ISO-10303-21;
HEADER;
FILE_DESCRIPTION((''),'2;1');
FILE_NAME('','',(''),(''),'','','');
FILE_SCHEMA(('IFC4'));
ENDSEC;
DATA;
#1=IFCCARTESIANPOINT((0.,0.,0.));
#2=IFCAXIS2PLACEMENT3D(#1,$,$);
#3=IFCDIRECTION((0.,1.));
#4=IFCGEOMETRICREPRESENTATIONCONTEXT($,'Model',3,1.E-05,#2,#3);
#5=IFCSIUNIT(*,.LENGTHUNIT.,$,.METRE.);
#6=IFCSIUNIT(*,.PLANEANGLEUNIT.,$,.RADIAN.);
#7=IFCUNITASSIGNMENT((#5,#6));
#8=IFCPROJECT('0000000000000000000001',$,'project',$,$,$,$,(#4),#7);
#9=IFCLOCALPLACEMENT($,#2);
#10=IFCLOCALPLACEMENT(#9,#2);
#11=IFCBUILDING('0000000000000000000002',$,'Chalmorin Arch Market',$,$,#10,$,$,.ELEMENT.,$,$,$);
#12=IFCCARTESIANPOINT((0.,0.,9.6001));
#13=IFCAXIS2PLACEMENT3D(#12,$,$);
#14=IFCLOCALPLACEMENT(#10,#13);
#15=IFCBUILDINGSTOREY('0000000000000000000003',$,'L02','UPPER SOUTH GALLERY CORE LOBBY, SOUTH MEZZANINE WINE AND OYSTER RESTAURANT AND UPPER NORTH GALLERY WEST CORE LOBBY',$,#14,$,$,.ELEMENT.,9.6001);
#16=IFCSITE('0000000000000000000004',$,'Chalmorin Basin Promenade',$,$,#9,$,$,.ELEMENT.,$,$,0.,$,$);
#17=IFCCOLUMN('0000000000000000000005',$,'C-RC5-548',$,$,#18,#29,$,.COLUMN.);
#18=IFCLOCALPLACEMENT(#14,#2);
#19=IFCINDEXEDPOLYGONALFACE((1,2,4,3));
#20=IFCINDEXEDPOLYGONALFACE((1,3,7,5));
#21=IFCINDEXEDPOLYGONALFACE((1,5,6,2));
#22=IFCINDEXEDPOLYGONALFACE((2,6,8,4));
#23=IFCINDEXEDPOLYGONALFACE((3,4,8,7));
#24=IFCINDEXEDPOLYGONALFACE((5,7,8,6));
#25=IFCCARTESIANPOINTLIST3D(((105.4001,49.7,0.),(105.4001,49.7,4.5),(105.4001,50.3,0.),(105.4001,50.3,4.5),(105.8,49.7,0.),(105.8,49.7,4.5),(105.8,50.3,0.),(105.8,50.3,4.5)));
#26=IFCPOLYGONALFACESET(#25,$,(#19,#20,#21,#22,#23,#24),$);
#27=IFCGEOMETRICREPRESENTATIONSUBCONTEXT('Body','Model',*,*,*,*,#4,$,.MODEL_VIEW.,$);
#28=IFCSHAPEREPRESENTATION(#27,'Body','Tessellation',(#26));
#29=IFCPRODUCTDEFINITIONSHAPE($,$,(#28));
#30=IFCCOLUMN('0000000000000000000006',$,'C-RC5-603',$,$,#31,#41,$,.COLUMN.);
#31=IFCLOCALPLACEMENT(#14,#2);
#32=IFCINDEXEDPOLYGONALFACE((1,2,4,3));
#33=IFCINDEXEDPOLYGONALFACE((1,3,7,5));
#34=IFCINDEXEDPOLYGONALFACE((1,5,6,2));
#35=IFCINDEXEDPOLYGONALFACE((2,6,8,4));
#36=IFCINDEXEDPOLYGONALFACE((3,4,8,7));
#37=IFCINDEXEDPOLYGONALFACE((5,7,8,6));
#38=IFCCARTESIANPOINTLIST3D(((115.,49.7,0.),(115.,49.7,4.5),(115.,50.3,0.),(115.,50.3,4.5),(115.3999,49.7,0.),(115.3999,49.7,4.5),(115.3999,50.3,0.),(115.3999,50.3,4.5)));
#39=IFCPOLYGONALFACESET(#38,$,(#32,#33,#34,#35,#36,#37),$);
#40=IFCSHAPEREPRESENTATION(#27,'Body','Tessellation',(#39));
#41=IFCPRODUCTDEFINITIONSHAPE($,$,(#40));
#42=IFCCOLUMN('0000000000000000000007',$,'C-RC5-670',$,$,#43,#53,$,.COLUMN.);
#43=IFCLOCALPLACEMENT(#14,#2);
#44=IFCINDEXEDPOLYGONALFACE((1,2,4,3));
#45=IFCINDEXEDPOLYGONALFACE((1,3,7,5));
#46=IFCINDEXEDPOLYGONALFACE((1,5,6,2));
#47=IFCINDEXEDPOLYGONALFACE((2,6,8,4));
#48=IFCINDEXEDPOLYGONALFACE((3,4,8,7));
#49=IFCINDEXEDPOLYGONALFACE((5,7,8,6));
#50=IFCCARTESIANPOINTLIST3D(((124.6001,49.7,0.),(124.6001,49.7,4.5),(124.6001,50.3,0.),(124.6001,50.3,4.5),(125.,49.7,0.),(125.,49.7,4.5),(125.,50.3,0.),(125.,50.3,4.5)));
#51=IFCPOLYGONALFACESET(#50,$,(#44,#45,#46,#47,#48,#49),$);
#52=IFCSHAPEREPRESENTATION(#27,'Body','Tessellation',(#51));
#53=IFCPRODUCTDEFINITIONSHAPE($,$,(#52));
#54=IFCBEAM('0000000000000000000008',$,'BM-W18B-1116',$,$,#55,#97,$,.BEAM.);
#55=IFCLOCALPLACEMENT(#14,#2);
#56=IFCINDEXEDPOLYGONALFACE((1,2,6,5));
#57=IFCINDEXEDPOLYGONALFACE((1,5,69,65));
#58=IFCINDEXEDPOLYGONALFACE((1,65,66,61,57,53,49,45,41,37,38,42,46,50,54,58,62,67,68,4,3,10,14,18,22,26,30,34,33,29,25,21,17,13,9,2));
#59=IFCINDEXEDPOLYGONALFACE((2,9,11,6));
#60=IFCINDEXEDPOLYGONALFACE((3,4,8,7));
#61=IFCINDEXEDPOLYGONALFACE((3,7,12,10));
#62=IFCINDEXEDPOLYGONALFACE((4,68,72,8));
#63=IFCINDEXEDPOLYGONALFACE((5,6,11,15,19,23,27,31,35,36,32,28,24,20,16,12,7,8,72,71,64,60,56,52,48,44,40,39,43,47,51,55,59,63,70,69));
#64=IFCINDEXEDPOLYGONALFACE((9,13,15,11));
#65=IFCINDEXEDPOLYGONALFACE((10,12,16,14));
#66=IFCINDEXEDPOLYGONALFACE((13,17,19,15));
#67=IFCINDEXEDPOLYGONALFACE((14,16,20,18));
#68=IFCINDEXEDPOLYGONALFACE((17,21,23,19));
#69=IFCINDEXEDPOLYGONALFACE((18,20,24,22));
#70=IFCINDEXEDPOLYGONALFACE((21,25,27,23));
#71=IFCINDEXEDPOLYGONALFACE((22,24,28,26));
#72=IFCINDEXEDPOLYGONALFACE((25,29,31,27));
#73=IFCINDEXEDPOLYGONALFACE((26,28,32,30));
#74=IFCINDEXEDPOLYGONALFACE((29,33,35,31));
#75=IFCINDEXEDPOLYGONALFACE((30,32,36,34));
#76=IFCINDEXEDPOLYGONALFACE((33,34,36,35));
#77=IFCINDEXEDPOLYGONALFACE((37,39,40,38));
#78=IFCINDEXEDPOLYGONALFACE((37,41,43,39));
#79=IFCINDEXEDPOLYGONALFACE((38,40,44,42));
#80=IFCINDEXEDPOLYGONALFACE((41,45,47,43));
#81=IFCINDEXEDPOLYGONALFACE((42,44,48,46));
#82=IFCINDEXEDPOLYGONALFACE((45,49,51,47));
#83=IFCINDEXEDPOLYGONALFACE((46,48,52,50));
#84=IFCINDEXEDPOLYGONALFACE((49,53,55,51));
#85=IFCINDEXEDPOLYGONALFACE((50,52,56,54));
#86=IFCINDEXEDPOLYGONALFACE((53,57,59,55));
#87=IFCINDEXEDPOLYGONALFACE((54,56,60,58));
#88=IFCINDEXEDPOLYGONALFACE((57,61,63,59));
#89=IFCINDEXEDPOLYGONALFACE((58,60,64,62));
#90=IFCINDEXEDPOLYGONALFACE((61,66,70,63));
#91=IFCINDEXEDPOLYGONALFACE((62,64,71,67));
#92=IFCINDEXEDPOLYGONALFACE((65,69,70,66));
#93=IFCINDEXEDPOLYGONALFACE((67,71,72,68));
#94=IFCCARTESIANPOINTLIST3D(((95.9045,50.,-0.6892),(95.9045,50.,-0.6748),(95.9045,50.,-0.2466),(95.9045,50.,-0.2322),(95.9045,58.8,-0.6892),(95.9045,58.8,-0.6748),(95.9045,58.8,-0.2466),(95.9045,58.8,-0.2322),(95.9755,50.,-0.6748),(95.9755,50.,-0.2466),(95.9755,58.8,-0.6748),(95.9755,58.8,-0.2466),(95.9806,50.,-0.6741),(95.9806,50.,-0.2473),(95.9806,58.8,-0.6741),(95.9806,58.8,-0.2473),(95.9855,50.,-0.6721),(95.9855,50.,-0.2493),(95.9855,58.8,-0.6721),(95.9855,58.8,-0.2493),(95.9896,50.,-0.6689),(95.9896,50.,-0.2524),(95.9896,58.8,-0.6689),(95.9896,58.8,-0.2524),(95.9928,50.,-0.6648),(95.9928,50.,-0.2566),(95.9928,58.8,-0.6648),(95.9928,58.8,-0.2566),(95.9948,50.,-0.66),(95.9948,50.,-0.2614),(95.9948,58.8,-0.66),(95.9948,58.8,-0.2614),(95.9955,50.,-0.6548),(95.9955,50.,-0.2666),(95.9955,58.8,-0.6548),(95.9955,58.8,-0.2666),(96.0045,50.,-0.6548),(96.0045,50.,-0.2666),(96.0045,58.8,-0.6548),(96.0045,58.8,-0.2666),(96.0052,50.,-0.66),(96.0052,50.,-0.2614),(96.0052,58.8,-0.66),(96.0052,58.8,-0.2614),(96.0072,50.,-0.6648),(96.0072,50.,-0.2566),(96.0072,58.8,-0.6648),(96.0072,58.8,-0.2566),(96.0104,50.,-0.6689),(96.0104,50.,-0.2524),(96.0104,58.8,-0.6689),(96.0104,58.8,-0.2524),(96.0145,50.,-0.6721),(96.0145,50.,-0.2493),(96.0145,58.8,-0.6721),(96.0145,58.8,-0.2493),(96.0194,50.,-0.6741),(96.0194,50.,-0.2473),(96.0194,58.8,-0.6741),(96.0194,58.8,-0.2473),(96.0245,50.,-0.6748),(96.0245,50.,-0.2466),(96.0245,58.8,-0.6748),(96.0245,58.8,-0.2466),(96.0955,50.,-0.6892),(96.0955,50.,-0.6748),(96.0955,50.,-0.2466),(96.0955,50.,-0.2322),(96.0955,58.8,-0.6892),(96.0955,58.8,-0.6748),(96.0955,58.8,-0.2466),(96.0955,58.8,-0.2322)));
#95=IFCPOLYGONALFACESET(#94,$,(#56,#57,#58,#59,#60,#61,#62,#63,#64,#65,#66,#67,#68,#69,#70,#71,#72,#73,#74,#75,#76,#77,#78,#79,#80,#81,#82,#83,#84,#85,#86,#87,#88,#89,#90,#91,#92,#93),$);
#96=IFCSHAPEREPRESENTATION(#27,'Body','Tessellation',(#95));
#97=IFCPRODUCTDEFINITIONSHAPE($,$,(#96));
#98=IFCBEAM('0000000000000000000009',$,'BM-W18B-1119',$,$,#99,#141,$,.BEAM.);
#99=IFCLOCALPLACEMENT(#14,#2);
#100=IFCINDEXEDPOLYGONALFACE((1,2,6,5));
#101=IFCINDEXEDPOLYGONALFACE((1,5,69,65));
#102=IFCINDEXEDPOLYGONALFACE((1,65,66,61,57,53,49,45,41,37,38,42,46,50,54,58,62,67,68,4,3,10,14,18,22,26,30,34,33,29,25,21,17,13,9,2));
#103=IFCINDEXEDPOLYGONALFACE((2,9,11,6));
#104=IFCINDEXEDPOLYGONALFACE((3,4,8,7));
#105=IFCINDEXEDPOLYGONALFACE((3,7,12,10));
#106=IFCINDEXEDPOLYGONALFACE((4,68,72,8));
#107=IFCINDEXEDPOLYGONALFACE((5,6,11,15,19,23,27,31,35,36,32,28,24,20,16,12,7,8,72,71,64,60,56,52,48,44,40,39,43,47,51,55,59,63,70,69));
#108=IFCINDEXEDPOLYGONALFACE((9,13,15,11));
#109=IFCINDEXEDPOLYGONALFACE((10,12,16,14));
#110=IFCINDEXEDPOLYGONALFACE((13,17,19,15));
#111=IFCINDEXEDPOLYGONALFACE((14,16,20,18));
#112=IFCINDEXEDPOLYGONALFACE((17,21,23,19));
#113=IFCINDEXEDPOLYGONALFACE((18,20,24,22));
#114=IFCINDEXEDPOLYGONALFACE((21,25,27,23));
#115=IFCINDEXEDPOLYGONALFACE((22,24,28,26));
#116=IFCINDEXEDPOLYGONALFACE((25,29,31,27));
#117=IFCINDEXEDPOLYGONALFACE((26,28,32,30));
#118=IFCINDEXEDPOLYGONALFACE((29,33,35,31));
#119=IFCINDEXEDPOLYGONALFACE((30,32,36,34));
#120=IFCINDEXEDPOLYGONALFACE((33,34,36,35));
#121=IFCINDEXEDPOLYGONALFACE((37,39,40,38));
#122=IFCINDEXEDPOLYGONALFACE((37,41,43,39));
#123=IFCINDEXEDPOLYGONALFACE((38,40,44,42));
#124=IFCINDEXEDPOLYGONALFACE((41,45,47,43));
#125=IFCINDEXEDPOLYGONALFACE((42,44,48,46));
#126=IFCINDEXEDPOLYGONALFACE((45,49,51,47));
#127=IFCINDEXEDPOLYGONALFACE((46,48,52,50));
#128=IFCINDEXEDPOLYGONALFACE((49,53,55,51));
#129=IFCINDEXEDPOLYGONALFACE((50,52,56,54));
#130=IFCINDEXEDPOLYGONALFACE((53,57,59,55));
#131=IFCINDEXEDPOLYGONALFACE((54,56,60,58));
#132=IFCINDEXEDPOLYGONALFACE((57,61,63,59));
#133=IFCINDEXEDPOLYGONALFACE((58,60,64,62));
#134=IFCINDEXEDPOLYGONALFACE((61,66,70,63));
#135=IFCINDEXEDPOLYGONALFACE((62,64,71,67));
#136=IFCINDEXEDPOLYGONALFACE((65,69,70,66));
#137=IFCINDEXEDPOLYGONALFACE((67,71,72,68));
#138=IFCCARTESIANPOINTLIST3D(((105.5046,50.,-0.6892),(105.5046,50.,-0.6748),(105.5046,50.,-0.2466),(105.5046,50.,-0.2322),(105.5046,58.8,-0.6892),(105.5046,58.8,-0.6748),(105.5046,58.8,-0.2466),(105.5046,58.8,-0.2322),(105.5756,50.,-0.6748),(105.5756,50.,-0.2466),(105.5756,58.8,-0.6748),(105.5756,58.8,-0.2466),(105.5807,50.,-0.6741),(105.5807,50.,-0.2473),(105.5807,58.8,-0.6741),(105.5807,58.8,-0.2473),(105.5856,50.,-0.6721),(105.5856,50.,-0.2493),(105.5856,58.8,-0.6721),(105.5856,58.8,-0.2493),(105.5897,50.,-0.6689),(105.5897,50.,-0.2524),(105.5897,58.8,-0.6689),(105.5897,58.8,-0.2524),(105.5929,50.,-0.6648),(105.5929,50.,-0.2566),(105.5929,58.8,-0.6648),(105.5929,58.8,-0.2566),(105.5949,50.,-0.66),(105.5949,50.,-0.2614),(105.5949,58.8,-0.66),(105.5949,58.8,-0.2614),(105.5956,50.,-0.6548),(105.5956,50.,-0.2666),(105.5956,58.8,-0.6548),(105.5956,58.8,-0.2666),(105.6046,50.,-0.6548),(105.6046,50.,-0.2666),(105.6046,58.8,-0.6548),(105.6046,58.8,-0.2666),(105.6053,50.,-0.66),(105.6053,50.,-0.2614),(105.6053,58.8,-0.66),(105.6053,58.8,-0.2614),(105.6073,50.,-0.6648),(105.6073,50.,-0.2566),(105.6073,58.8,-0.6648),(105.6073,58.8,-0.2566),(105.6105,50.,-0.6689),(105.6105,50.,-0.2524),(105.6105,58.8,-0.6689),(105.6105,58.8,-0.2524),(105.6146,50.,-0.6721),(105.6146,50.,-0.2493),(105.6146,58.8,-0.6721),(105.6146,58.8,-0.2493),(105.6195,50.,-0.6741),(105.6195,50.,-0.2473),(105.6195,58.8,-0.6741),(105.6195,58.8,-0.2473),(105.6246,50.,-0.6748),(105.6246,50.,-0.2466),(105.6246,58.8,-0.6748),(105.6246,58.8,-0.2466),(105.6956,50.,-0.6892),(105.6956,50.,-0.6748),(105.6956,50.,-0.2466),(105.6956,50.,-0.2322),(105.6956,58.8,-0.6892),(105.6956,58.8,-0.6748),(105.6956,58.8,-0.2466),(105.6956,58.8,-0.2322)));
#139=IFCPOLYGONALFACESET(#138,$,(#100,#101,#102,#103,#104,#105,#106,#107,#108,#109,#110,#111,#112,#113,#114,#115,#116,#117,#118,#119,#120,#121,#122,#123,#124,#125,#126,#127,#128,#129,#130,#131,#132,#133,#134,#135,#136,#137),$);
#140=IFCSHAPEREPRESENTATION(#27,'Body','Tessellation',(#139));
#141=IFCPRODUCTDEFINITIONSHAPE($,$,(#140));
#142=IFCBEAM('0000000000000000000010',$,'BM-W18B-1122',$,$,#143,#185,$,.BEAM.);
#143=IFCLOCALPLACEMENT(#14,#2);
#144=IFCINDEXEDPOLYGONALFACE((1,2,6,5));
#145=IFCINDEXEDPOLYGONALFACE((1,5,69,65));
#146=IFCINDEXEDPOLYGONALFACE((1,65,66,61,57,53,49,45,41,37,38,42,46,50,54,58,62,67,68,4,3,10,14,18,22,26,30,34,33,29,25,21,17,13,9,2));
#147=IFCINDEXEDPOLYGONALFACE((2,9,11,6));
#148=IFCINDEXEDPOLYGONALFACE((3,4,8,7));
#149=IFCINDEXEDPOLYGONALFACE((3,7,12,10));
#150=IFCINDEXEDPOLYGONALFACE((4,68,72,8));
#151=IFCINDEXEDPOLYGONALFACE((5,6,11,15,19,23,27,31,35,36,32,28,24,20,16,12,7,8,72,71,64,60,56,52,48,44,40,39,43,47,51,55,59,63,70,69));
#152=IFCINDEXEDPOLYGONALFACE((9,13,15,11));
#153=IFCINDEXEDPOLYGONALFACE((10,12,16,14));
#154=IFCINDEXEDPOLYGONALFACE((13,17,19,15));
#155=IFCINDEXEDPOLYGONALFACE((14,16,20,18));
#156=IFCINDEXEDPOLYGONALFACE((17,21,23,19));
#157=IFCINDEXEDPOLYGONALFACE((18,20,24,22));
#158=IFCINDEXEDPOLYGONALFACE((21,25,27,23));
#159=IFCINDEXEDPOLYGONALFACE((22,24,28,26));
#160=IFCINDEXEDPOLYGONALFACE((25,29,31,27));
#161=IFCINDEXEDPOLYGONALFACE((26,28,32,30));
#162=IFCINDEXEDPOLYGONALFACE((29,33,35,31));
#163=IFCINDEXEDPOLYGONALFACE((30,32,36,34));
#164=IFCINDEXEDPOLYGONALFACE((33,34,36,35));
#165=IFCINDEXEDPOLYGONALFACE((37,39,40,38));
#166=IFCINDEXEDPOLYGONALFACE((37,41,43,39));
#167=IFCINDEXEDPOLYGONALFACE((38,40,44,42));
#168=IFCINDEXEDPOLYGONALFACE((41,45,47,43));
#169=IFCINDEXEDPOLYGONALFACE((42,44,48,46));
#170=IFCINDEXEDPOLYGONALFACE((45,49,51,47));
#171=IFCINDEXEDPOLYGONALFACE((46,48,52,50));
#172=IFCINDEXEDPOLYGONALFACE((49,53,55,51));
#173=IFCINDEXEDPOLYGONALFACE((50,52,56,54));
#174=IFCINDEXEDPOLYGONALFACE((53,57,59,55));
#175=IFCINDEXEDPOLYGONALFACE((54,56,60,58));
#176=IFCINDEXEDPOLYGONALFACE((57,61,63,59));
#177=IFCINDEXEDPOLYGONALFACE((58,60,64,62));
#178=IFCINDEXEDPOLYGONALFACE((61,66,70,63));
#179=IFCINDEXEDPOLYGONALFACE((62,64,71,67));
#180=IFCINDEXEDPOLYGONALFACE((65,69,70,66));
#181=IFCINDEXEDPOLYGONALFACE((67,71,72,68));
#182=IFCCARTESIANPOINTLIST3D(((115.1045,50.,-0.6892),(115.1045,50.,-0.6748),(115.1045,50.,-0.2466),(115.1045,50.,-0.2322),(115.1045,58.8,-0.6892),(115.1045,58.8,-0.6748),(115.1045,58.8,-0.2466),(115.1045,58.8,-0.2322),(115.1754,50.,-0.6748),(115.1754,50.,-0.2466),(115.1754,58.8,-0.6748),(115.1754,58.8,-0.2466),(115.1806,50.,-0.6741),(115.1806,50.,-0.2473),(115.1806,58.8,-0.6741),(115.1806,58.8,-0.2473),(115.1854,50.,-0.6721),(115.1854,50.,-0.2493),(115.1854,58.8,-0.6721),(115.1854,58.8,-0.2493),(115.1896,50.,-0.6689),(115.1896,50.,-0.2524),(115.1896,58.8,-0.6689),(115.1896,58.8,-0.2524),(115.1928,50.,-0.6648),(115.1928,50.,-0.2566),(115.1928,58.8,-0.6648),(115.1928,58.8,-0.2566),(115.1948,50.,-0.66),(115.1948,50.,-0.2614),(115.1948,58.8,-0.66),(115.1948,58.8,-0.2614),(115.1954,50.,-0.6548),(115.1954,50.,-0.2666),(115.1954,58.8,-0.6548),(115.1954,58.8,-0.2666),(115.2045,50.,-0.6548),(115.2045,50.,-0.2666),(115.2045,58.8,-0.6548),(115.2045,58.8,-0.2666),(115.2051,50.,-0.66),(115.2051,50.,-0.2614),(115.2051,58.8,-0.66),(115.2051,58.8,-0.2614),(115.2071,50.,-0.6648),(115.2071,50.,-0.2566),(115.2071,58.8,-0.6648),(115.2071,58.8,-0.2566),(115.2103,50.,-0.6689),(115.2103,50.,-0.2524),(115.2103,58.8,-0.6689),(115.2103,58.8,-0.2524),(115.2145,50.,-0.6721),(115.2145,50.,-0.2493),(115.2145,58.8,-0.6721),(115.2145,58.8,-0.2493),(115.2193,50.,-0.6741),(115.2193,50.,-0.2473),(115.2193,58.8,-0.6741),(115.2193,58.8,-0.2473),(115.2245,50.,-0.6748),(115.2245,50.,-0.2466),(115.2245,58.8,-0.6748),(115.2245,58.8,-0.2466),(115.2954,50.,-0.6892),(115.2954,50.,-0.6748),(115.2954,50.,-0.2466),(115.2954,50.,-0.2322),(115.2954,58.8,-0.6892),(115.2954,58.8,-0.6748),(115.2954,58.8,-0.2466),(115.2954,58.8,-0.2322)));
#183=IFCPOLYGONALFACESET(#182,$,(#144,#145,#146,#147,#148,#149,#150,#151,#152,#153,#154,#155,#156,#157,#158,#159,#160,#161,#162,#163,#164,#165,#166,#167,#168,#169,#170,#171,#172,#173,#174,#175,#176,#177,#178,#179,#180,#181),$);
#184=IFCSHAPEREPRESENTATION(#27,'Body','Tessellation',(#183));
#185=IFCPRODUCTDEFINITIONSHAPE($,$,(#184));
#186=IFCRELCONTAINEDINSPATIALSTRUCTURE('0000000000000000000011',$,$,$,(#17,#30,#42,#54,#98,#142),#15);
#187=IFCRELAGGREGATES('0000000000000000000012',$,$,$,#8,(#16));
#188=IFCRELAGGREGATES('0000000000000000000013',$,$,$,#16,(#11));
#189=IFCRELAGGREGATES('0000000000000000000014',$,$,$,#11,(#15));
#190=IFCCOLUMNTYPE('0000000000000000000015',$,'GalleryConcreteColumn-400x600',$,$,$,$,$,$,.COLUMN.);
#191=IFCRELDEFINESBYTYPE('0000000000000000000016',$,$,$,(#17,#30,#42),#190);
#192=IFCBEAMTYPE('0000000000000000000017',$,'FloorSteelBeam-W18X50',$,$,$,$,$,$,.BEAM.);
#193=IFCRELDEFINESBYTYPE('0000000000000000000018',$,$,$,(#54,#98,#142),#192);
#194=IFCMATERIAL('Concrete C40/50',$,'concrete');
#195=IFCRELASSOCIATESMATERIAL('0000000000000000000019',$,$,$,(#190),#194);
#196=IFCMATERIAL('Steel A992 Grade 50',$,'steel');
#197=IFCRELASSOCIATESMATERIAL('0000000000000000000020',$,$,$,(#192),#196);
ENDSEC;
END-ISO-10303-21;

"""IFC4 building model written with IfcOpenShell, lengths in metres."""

from ifc_helpers import new_model, si_unit, direction, frame, origin, origin_2d, place, context, subcontext, project, spatial, rectangle, i_section, extrude, material, material_profile, profile_set, type_object, element, save


model = new_model("IFC4")

# Units and contexts
model_context = context("Model", 3, precision=1e-05, world=origin(), true_north=direction((0.0, 1.0)))
body_context = subcontext(model_context, "Body", "Model", "MODEL_VIEW")
ifc_project = project(units=[si_unit("LENGTHUNIT", "METRE"), si_unit("PLANEANGLEUNIT", "RADIAN")], contexts=[model_context])

# Site, building, storey
site_placement = place(None, origin())
site = spatial("IfcSite", under=ifc_project, at=site_placement, Name="Chalmorin Basin Promenade", CompositionType="ELEMENT", RefElevation=0.0)
building_placement = place(site_placement, origin())
building = spatial("IfcBuilding", under=site, at=building_placement, Name="Chalmorin Arch Market", CompositionType="ELEMENT")
storey_placement = place(building_placement, frame((0.0, 0.0, 9.6001)))
storey = spatial("IfcBuildingStorey", under=building, at=storey_placement, Name="L02", Description="UPPER SOUTH GALLERY CORE LOBBY, SOUTH MEZZANINE WINE AND OYSTER RESTAURANT AND UPPER NORTH GALLERY WEST CORE LOBBY", CompositionType="ELEMENT", Elevation=9.6001)

# Columns
ifc_material_1 = material(Name="Concrete C40/50", Category="concrete")
ifc_material_profile_1 = material_profile(ifc_material_1, rectangle(XDim=0.3999, YDim=0.6001, at=origin_2d()), Name="RC400X600")
ifc_profile_set_1 = profile_set([ifc_material_profile_1], Name="Concrete C40/50")
column_type = type_object("IfcColumnType", Name="GalleryConcreteColumn-400x600", PredefinedType="COLUMN", material=ifc_profile_set_1)
for number, where, z_axis, x_axis, name in (
    (1, (105.6001, 50.0, 0.0), (0.0, 0.0, 1.0), (1.0, 0.0, 0.0), "C-RC5-548"),
    (2, (115.2, 50.0, 0.0), (0.0, 0.0, 1.0), (1.0, 0.0, 0.0), "C-RC5-603"),
    (3, (124.8, 50.0, 0.0), (0.0, 0.0, 1.0), (1.0, 0.0, 0.0), "C-RC5-670"),
):
    element("IfcColumn", number, at=place(storey_placement, frame(where, z_axis=z_axis, x_axis=x_axis)), inside=storey, type_object=column_type, Name=name, PredefinedType="COLUMN", context=body_context, shape_type="SweptSolid", body=[
        extrude(rectangle(XDim=0.3999, YDim=0.6001, at=origin_2d()), origin(), (0.0, 0.0, 1.0), 4.5),
    ])

# Beams
ifc_material_2 = material(Name="Steel A992 Grade 50", Category="steel")
ifc_material_profile_2 = material_profile(ifc_material_2, i_section(OverallWidth=0.1909, OverallDepth=0.457, WebThickness=0.009, FlangeThickness=0.0144, FilletRadius=0.02, at=origin_2d()), Name="W18X50")
ifc_profile_set_2 = profile_set([ifc_material_profile_2], Name="Steel A992 Grade 50")
beam_type_1 = type_object("IfcBeamType", Name="FloorSteelBeam-W18X50", PredefinedType="BEAM", material=ifc_profile_set_2)
for number, where, z_axis, x_axis, name in (
    (4, (96.0, 50.0, -0.4607), (0.0, 1.0, 0.0), (-1.0, 0.0, 0.0), "BM-W18B-1116"),
    (5, (105.6001, 50.0, -0.4607), (0.0, 1.0, 0.0), (-1.0, 0.0, 0.0), "BM-W18B-1119"),
    (6, (115.2, 50.0, -0.4607), (0.0, 1.0, 0.0), (-1.0, 0.0, 0.0), "BM-W18B-1122"),
):
    element("IfcBeam", number, at=place(storey_placement, frame(where, z_axis=z_axis, x_axis=x_axis)), inside=storey, type_object=beam_type_1, Name=name, PredefinedType="BEAM", context=body_context, shape_type="SweptSolid", body=[
        extrude(i_section(OverallWidth=0.1909, OverallDepth=0.457, WebThickness=0.009, FlangeThickness=0.0144, FilletRadius=0.02, at=origin_2d()), origin(), (0.0, 0.0, 1.0), 8.8),
    ])

save(model, "model.ifc")
